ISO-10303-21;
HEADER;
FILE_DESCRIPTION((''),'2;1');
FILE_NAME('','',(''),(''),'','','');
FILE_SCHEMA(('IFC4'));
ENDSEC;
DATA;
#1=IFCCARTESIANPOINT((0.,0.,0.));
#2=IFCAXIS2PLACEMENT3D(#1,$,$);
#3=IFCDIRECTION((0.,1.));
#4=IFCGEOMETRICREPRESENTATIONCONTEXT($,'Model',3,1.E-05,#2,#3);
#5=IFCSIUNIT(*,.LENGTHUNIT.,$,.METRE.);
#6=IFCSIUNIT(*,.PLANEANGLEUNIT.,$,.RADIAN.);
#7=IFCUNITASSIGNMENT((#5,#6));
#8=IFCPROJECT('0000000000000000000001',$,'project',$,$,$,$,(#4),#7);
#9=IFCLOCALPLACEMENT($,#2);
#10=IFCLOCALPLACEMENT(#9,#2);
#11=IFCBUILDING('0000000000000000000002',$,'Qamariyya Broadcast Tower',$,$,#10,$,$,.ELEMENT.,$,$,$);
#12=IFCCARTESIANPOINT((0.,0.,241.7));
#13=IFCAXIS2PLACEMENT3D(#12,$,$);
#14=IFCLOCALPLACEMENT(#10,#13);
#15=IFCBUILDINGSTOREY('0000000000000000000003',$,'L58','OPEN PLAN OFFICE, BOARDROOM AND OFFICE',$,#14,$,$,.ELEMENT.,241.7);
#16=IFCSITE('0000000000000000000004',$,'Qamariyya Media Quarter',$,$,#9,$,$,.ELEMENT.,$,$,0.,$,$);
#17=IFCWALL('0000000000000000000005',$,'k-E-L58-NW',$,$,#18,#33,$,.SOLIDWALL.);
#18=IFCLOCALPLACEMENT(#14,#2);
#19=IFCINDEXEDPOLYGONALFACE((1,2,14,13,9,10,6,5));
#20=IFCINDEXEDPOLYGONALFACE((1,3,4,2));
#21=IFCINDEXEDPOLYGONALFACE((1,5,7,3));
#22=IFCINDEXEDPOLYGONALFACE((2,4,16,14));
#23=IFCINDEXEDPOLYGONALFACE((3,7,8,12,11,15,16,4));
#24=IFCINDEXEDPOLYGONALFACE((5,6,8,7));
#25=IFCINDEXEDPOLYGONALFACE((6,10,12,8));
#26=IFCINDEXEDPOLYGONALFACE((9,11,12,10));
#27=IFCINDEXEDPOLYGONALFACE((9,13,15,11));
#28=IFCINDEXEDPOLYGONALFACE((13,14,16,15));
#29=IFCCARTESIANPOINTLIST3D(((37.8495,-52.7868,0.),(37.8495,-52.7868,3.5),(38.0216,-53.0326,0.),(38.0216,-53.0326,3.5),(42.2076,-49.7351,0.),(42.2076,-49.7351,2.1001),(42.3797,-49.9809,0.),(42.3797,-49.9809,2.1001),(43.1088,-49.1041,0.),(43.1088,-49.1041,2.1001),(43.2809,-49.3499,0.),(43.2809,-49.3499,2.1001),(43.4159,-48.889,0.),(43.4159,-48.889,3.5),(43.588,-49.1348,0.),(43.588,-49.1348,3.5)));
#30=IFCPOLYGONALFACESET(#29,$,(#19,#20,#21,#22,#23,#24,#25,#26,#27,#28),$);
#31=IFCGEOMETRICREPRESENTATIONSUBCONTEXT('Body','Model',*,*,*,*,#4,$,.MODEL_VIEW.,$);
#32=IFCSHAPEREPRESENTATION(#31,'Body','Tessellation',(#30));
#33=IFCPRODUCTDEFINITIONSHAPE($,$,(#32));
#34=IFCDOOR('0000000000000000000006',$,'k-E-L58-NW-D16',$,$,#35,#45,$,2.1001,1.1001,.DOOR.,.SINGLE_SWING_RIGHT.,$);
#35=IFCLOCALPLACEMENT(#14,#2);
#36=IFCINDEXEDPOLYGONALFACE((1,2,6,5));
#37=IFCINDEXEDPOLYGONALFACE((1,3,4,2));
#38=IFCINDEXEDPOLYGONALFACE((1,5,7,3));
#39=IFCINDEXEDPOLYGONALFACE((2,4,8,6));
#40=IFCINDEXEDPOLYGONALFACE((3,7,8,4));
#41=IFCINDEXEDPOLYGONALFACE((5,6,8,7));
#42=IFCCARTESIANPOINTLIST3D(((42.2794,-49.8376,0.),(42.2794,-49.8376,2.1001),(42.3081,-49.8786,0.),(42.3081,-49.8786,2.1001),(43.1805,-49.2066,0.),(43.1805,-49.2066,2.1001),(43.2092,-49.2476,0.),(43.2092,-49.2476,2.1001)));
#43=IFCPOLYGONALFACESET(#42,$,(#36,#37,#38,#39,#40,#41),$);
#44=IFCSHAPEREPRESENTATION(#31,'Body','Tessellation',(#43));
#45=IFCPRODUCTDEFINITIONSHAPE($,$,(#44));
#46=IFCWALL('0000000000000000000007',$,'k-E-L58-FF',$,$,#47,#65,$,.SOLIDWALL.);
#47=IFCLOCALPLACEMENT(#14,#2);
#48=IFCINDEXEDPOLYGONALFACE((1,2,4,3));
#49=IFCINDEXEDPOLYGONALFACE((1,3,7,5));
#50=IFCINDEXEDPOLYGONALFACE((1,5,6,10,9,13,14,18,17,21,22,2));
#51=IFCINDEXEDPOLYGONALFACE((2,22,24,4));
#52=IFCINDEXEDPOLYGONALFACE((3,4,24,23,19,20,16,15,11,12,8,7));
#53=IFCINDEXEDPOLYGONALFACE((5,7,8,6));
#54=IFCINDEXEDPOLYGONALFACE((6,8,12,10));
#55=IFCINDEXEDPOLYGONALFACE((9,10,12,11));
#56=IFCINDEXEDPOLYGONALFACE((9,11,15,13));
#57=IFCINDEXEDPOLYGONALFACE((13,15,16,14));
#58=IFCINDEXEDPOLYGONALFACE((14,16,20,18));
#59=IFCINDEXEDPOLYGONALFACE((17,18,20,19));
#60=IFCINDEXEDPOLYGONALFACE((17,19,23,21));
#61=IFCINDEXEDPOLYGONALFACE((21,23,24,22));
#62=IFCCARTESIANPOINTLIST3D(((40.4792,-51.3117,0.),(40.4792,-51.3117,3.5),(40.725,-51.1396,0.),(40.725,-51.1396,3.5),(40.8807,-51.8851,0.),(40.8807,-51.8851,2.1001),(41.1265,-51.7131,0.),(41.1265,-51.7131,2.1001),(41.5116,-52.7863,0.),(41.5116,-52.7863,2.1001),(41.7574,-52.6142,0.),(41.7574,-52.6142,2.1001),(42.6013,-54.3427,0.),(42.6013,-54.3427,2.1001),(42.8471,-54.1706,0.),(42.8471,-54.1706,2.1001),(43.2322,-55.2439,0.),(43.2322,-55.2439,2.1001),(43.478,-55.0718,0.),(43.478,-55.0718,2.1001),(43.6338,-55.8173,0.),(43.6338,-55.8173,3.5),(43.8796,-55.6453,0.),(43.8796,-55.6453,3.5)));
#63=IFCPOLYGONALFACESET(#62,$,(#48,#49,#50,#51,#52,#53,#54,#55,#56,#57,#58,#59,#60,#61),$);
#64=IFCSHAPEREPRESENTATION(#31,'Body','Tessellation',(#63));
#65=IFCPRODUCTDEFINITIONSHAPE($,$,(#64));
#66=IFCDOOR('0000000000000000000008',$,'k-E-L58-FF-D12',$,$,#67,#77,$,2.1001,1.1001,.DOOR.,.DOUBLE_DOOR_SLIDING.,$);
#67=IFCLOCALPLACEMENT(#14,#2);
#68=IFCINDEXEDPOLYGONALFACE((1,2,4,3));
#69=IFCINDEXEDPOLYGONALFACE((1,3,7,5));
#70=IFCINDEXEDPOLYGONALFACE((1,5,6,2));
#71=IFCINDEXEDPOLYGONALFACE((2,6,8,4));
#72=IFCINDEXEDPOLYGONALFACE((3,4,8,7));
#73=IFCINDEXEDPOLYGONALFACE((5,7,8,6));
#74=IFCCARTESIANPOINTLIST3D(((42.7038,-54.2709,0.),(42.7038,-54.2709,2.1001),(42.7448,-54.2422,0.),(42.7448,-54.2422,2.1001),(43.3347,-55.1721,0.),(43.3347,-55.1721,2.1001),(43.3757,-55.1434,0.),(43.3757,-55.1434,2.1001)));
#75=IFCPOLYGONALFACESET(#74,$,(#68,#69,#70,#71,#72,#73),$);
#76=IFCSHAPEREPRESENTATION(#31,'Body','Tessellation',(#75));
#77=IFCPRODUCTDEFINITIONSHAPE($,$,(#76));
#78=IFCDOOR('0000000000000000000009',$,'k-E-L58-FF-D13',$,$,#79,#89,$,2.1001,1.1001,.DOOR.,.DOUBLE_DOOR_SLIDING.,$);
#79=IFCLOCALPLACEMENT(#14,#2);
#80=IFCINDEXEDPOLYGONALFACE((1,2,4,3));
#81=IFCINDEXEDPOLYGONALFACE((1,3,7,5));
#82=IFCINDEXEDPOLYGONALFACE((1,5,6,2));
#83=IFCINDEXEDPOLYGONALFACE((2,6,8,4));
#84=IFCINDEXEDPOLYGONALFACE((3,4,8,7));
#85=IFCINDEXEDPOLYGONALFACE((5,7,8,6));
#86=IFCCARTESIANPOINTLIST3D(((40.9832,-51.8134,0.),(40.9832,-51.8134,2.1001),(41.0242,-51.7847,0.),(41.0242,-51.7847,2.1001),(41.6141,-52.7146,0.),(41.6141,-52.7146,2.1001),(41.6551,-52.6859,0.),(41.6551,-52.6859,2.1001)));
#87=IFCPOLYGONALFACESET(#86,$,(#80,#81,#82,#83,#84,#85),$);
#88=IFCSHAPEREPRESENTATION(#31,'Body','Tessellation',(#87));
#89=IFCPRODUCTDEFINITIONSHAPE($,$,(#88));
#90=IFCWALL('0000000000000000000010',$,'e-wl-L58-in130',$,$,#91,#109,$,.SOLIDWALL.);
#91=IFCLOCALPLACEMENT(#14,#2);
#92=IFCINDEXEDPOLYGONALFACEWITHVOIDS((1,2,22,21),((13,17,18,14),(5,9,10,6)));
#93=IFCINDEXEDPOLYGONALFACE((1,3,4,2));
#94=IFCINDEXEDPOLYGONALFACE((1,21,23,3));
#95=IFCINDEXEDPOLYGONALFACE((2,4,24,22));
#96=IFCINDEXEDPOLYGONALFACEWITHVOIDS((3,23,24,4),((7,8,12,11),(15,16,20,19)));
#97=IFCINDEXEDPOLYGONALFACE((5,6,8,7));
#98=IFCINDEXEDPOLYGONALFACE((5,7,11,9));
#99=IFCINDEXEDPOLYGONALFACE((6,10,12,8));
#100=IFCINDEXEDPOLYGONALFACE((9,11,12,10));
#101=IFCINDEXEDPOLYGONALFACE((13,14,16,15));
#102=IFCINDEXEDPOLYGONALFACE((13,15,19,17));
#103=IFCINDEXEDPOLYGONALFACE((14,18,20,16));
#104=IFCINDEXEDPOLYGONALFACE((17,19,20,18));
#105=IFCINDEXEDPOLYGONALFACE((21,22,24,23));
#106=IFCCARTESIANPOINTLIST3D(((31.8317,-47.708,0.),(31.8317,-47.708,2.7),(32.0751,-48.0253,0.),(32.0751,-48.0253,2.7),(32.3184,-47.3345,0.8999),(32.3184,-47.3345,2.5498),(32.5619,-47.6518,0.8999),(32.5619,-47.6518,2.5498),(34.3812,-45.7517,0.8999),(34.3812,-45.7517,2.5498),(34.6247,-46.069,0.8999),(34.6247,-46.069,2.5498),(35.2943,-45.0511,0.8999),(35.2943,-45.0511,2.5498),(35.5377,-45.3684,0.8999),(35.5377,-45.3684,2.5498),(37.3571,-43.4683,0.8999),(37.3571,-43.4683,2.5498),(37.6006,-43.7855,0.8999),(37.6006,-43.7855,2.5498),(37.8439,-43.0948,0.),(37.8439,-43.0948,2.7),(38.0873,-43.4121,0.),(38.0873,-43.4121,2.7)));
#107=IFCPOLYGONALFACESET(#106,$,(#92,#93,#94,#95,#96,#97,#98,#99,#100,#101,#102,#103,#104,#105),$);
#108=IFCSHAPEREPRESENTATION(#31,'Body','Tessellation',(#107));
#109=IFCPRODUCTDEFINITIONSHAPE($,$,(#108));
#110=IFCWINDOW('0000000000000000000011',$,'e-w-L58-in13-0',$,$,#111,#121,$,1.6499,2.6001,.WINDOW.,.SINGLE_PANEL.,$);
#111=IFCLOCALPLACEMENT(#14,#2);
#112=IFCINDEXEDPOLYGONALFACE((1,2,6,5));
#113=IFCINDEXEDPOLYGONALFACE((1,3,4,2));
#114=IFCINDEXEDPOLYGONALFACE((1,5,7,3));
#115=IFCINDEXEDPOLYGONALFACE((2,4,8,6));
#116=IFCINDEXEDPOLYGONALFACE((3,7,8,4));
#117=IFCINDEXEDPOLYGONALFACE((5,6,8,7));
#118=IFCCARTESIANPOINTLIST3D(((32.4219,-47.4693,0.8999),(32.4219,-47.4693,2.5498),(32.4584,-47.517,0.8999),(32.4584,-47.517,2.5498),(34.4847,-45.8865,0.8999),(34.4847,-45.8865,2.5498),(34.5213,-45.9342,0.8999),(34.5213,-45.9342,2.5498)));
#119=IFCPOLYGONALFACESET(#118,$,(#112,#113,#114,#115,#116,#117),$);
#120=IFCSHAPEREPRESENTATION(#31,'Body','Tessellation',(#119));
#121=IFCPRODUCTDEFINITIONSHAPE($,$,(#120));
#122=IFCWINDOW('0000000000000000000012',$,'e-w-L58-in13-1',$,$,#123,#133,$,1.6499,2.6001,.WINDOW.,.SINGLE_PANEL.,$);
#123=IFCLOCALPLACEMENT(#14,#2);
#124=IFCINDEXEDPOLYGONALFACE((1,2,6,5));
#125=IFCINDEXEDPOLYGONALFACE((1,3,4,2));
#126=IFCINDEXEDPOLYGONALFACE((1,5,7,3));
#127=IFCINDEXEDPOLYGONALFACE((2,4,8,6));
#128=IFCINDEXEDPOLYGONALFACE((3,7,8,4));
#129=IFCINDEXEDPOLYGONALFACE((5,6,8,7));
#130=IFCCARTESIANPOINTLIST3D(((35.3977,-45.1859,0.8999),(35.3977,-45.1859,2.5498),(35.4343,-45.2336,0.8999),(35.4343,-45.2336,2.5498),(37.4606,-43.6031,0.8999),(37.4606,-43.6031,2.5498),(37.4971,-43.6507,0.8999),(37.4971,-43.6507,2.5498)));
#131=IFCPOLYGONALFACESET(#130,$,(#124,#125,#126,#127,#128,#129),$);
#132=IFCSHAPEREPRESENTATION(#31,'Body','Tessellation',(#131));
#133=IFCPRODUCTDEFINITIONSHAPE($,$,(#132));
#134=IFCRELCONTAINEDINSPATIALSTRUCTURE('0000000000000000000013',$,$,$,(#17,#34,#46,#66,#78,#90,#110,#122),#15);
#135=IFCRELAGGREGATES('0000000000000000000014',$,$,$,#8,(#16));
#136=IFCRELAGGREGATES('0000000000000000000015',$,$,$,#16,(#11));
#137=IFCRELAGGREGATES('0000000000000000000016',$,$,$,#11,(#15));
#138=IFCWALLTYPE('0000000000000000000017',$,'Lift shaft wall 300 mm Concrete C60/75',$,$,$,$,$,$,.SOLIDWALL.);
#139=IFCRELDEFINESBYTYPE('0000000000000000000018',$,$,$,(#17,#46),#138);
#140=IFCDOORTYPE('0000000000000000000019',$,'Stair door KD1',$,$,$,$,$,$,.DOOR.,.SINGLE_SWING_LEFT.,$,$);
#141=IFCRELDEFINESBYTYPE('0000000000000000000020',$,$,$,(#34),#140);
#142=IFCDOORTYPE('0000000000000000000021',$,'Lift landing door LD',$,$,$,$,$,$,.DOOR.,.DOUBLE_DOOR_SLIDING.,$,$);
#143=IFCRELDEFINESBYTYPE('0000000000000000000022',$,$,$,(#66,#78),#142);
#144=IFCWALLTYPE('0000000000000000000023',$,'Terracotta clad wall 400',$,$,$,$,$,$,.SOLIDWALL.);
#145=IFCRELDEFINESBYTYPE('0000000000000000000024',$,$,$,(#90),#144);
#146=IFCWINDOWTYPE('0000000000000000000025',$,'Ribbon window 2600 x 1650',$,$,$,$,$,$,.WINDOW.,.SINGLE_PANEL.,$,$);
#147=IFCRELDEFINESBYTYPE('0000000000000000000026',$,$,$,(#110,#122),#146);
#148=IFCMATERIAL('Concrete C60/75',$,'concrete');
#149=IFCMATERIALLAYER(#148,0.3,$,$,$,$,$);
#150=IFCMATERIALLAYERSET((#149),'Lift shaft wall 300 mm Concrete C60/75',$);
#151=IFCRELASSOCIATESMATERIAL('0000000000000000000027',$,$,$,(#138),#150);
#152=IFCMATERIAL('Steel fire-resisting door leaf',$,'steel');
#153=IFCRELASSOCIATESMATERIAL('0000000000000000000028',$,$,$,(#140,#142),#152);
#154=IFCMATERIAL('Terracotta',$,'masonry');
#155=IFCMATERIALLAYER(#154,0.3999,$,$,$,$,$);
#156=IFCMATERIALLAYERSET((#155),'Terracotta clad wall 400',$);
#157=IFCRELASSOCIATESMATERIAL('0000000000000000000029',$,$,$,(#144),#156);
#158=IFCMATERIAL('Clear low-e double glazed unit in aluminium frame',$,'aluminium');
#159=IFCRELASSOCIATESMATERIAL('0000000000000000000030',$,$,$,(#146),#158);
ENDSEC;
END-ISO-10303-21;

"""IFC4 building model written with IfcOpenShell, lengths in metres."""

from ifc_helpers import new_model, si_unit, direction, frame, frame_2d, origin, place, context, subcontext, project, spatial, rectangle, extrude, material, layer, layer_set, type_object, element, fill, save


model = new_model("IFC4")

# Units and contexts
model_context = context("Model", 3, precision=1e-05, world=origin(), true_north=direction((0.0, 1.0)))
body_context = subcontext(model_context, "Body", "Model", "MODEL_VIEW")
ifc_project = project(units=[si_unit("LENGTHUNIT", "METRE"), si_unit("PLANEANGLEUNIT", "RADIAN")], contexts=[model_context])

# Site, building, storey
site_placement = place(None, origin())
site = spatial("IfcSite", under=ifc_project, at=site_placement, Name="Qamariyya Media Quarter", CompositionType="ELEMENT", RefElevation=0.0)
building_placement = place(site_placement, origin())
building = spatial("IfcBuilding", under=site, at=building_placement, Name="Qamariyya Broadcast Tower", CompositionType="ELEMENT")
storey_placement = place(building_placement, frame((0.0, 0.0, 241.7)))
storey = spatial("IfcBuildingStorey", under=building, at=storey_placement, Name="L58", Description="OPEN PLAN OFFICE, BOARDROOM AND OFFICE", CompositionType="ELEMENT", Elevation=241.7)

# Shared definitions
ifc_material_1 = material(Name="Concrete C60/75", Category="concrete")

# Wall, opening, door
ifc_layer_1 = layer(ifc_material_1, 0.3)
ifc_layer_set_1 = layer_set([ifc_layer_1], Name="Lift shaft wall 300 mm Concrete C60/75")
wall_type_1 = type_object("IfcWallType", Name="Lift shaft wall 300 mm Concrete C60/75", PredefinedType="SOLIDWALL", material=ifc_layer_set_1)
wall_1_placement = place(storey_placement, frame((37.9355, -52.9097, 0.0), z_axis=(0.0, 0.0, 1.0), x_axis=(0.819148, 0.573583, 0.0)))
wall_1 = element("IfcWall", 1, at=wall_1_placement, inside=storey, type_object=wall_type_1, Name="k-E-L58-NW", PredefinedType="SOLIDWALL", context=body_context, shape_type="SweptSolid", body=[
    extrude(rectangle(XDim=6.7954, YDim=0.3, at=frame_2d((3.3977, 0.0))), origin(), (0.0, 0.0, 1.0), 3.5),
])
opening_1_placement = place(wall_1_placement, frame((5.3203, 0.0, 0.0)))
opening_1 = element("IfcOpeningElement", 2, at=opening_1_placement, cuts=wall_1, PredefinedType="OPENING", context=body_context, shape_type="SweptSolid", body=[
    extrude(rectangle(XDim=1.1001, YDim=2.1001, at=frame_2d((0.55, 1.05))), frame((0.0, 0.1599, 0.0), z_axis=(0.0, -1.0, 0.0), x_axis=(1.0, 0.0, 0.0)), (0.0, 0.0, 1.0), 0.3201),
])
ifc_material_2 = material(Name="Steel fire-resisting door leaf", Category="steel")
door_type_1 = type_object("IfcDoorType", Name="Stair door KD1", OperationType="SINGLE_SWING_LEFT", PredefinedType="DOOR", material=ifc_material_2)
door_1_placement = place(opening_1_placement, origin())
door_1 = element("IfcDoor", 3, at=door_1_placement, inside=storey, type_object=door_type_1, Name="k-E-L58-NW-D16", OperationType="SINGLE_SWING_RIGHT", OverallHeight=2.1001, OverallWidth=1.1001, PredefinedType="DOOR", context=body_context, shape_type="SweptSolid", body=[
    extrude(rectangle(XDim=1.1001, YDim=2.1001, at=frame_2d((0.55, 1.05))), frame((0.0, 0.0249, 0.0), z_axis=(0.0, -1.0, 0.0), x_axis=(1.0, 0.0, 0.0)), (0.0, 0.0, 1.0), 0.05),
])
fill(opening_1, door_1)

# Wall, openings, doors
wall_2_placement = place(storey_placement, frame((43.7566, -55.7312, 0.0), z_axis=(0.0, 0.0, 1.0), x_axis=(-0.573537, 0.81918, 0.0)))
wall_2 = element("IfcWall", 4, at=wall_2_placement, inside=storey, type_object=wall_type_1, Name="k-E-L58-FF", PredefinedType="SOLIDWALL", context=body_context, shape_type="SweptSolid", body=[
    extrude(rectangle(XDim=5.5002, YDim=0.3, at=frame_2d((2.75, 0.0))), origin(), (0.0, 0.0, 1.0), 3.5),
])
opening_2_placement = place(wall_2_placement, frame((0.7, 0.0, 0.0)))
opening_2 = element("IfcOpeningElement", 5, at=opening_2_placement, cuts=wall_2, PredefinedType="OPENING", context=body_context, shape_type="SweptSolid", body=[
    extrude(rectangle(XDim=1.1001, YDim=2.1001, at=frame_2d((0.55, 1.05))), frame((0.0, 0.1599, 0.0), z_axis=(0.0, -1.0, 0.0), x_axis=(1.0, 0.0, 0.0)), (0.0, 0.0, 1.0), 0.3201),
])
opening_3_placement = place(wall_2_placement, frame((3.7, 0.0, 0.0)))
opening_3 = element("IfcOpeningElement", 6, at=opening_3_placement, cuts=wall_2, PredefinedType="OPENING", context=body_context, shape_type="SweptSolid", body=[
    extrude(rectangle(XDim=1.1001, YDim=2.1001, at=frame_2d((0.55, 1.05))), frame((0.0, 0.1599, 0.0), z_axis=(0.0, -1.0, 0.0), x_axis=(1.0, 0.0, 0.0)), (0.0, 0.0, 1.0), 0.3201),
])
door_type_2 = type_object("IfcDoorType", Name="Lift landing door LD", OperationType="DOUBLE_DOOR_SLIDING", PredefinedType="DOOR", material=ifc_material_2)
door_2_placement = place(opening_2_placement, origin())
door_2 = element("IfcDoor", 7, at=door_2_placement, inside=storey, type_object=door_type_2, Name="k-E-L58-FF-D12", OperationType="DOUBLE_DOOR_SLIDING", OverallHeight=2.1001, OverallWidth=1.1001, PredefinedType="DOOR", context=body_context, shape_type="SweptSolid", body=[
    extrude(rectangle(XDim=1.1001, YDim=2.1001, at=frame_2d((0.55, 1.05))), frame((0.0, 0.0249, 0.0), z_axis=(0.0, -1.0, 0.0), x_axis=(1.0, 0.0, 0.0)), (0.0, 0.0, 1.0), 0.05),
])
fill(opening_2, door_2)
door_3_placement = place(opening_3_placement, origin())
door_3 = element("IfcDoor", 8, at=door_3_placement, inside=storey, type_object=door_type_2, Name="k-E-L58-FF-D13", OperationType="DOUBLE_DOOR_SLIDING", OverallHeight=2.1001, OverallWidth=1.1001, PredefinedType="DOOR", context=body_context, shape_type="SweptSolid", body=[
    extrude(rectangle(XDim=1.1001, YDim=2.1001, at=frame_2d((0.55, 1.05))), frame((0.0, 0.0249, 0.0), z_axis=(0.0, -1.0, 0.0), x_axis=(1.0, 0.0, 0.0)), (0.0, 0.0, 1.0), 0.05),
])
fill(opening_3, door_3)

# Wall, openings, windows
ifc_material_3 = material(Name="Terracotta", Category="masonry")
ifc_layer_2 = layer(ifc_material_3, 0.3999)
ifc_layer_set_2 = layer_set([ifc_layer_2], Name="Terracotta clad wall 400")
wall_type_2 = type_object("IfcWallType", Name="Terracotta clad wall 400", PredefinedType="SOLIDWALL", material=ifc_layer_set_2)
wall_3_placement = place(storey_placement, frame((37.9656, -43.2534, 0.0), z_axis=(0.0, 0.0, 1.0), x_axis=(-0.793356, -0.608757, 0.0)))
wall_3 = element("IfcWall", 9, at=wall_3_placement, inside=storey, type_object=wall_type_2, Name="e-wl-L58-in130", PredefinedType="SOLIDWALL", context=body_context, shape_type="SweptSolid", body=[
    extrude(rectangle(XDim=7.5781, YDim=0.3999, at=frame_2d((3.7891, 0.0))), origin(), (0.0, 0.0, 1.0), 2.7),
])
opening_4_placement = place(wall_3_placement, frame((4.3645, 0.0, 0.8999)))
opening_4 = element("IfcOpeningElement", 10, at=opening_4_placement, cuts=wall_3, PredefinedType="OPENING", context=body_context, shape_type="SweptSolid", body=[
    extrude(rectangle(XDim=2.6001, YDim=1.6499, at=frame_2d((1.3, 0.825))), frame((0.0, 0.21, 0.0), z_axis=(0.0, -1.0, 0.0), x_axis=(1.0, 0.0, 0.0)), (0.0, 0.0, 1.0), 0.4199),
])
opening_5_placement = place(wall_3_placement, frame((0.6135, 0.0, 0.8999)))
opening_5 = element("IfcOpeningElement", 11, at=opening_5_placement, cuts=wall_3, PredefinedType="OPENING", context=body_context, shape_type="SweptSolid", body=[
    extrude(rectangle(XDim=2.6001, YDim=1.6499, at=frame_2d((1.3, 0.825))), frame((0.0, 0.21, 0.0), z_axis=(0.0, -1.0, 0.0), x_axis=(1.0, 0.0, 0.0)), (0.0, 0.0, 1.0), 0.4199),
])
ifc_material_4 = material(Name="Clear low-e double glazed unit in aluminium frame", Category="aluminium")
window_type = type_object("IfcWindowType", Name="Ribbon window 2600 x 1650", PartitioningType="SINGLE_PANEL", PredefinedType="WINDOW", material=ifc_material_4)
window_1_placement = place(opening_4_placement, origin())
window_1 = element("IfcWindow", 12, at=window_1_placement, inside=storey, type_object=window_type, Name="e-w-L58-in13-0", OverallHeight=1.6499, OverallWidth=2.6001, PartitioningType="SINGLE_PANEL", PredefinedType="WINDOW", context=body_context, shape_type="SweptSolid", body=[
    extrude(rectangle(XDim=2.6001, YDim=1.6499, at=frame_2d((1.3, 0.825))), frame((0.0, 0.03, 0.0), z_axis=(0.0, -1.0, 0.0), x_axis=(1.0, 0.0, 0.0)), (0.0, 0.0, 1.0), 0.0601),
])
fill(opening_4, window_1)
window_2_placement = place(opening_5_placement, origin())
window_2 = element("IfcWindow", 13, at=window_2_placement, inside=storey, type_object=window_type, Name="e-w-L58-in13-1", OverallHeight=1.6499, OverallWidth=2.6001, PartitioningType="SINGLE_PANEL", PredefinedType="WINDOW", context=body_context, shape_type="SweptSolid", body=[
    extrude(rectangle(XDim=2.6001, YDim=1.6499, at=frame_2d((1.3, 0.825))), frame((0.0, 0.03, 0.0), z_axis=(0.0, -1.0, 0.0), x_axis=(1.0, 0.0, 0.0)), (0.0, 0.0, 1.0), 0.0601),
])
fill(opening_5, window_2)

save(model, "model.ifc")
